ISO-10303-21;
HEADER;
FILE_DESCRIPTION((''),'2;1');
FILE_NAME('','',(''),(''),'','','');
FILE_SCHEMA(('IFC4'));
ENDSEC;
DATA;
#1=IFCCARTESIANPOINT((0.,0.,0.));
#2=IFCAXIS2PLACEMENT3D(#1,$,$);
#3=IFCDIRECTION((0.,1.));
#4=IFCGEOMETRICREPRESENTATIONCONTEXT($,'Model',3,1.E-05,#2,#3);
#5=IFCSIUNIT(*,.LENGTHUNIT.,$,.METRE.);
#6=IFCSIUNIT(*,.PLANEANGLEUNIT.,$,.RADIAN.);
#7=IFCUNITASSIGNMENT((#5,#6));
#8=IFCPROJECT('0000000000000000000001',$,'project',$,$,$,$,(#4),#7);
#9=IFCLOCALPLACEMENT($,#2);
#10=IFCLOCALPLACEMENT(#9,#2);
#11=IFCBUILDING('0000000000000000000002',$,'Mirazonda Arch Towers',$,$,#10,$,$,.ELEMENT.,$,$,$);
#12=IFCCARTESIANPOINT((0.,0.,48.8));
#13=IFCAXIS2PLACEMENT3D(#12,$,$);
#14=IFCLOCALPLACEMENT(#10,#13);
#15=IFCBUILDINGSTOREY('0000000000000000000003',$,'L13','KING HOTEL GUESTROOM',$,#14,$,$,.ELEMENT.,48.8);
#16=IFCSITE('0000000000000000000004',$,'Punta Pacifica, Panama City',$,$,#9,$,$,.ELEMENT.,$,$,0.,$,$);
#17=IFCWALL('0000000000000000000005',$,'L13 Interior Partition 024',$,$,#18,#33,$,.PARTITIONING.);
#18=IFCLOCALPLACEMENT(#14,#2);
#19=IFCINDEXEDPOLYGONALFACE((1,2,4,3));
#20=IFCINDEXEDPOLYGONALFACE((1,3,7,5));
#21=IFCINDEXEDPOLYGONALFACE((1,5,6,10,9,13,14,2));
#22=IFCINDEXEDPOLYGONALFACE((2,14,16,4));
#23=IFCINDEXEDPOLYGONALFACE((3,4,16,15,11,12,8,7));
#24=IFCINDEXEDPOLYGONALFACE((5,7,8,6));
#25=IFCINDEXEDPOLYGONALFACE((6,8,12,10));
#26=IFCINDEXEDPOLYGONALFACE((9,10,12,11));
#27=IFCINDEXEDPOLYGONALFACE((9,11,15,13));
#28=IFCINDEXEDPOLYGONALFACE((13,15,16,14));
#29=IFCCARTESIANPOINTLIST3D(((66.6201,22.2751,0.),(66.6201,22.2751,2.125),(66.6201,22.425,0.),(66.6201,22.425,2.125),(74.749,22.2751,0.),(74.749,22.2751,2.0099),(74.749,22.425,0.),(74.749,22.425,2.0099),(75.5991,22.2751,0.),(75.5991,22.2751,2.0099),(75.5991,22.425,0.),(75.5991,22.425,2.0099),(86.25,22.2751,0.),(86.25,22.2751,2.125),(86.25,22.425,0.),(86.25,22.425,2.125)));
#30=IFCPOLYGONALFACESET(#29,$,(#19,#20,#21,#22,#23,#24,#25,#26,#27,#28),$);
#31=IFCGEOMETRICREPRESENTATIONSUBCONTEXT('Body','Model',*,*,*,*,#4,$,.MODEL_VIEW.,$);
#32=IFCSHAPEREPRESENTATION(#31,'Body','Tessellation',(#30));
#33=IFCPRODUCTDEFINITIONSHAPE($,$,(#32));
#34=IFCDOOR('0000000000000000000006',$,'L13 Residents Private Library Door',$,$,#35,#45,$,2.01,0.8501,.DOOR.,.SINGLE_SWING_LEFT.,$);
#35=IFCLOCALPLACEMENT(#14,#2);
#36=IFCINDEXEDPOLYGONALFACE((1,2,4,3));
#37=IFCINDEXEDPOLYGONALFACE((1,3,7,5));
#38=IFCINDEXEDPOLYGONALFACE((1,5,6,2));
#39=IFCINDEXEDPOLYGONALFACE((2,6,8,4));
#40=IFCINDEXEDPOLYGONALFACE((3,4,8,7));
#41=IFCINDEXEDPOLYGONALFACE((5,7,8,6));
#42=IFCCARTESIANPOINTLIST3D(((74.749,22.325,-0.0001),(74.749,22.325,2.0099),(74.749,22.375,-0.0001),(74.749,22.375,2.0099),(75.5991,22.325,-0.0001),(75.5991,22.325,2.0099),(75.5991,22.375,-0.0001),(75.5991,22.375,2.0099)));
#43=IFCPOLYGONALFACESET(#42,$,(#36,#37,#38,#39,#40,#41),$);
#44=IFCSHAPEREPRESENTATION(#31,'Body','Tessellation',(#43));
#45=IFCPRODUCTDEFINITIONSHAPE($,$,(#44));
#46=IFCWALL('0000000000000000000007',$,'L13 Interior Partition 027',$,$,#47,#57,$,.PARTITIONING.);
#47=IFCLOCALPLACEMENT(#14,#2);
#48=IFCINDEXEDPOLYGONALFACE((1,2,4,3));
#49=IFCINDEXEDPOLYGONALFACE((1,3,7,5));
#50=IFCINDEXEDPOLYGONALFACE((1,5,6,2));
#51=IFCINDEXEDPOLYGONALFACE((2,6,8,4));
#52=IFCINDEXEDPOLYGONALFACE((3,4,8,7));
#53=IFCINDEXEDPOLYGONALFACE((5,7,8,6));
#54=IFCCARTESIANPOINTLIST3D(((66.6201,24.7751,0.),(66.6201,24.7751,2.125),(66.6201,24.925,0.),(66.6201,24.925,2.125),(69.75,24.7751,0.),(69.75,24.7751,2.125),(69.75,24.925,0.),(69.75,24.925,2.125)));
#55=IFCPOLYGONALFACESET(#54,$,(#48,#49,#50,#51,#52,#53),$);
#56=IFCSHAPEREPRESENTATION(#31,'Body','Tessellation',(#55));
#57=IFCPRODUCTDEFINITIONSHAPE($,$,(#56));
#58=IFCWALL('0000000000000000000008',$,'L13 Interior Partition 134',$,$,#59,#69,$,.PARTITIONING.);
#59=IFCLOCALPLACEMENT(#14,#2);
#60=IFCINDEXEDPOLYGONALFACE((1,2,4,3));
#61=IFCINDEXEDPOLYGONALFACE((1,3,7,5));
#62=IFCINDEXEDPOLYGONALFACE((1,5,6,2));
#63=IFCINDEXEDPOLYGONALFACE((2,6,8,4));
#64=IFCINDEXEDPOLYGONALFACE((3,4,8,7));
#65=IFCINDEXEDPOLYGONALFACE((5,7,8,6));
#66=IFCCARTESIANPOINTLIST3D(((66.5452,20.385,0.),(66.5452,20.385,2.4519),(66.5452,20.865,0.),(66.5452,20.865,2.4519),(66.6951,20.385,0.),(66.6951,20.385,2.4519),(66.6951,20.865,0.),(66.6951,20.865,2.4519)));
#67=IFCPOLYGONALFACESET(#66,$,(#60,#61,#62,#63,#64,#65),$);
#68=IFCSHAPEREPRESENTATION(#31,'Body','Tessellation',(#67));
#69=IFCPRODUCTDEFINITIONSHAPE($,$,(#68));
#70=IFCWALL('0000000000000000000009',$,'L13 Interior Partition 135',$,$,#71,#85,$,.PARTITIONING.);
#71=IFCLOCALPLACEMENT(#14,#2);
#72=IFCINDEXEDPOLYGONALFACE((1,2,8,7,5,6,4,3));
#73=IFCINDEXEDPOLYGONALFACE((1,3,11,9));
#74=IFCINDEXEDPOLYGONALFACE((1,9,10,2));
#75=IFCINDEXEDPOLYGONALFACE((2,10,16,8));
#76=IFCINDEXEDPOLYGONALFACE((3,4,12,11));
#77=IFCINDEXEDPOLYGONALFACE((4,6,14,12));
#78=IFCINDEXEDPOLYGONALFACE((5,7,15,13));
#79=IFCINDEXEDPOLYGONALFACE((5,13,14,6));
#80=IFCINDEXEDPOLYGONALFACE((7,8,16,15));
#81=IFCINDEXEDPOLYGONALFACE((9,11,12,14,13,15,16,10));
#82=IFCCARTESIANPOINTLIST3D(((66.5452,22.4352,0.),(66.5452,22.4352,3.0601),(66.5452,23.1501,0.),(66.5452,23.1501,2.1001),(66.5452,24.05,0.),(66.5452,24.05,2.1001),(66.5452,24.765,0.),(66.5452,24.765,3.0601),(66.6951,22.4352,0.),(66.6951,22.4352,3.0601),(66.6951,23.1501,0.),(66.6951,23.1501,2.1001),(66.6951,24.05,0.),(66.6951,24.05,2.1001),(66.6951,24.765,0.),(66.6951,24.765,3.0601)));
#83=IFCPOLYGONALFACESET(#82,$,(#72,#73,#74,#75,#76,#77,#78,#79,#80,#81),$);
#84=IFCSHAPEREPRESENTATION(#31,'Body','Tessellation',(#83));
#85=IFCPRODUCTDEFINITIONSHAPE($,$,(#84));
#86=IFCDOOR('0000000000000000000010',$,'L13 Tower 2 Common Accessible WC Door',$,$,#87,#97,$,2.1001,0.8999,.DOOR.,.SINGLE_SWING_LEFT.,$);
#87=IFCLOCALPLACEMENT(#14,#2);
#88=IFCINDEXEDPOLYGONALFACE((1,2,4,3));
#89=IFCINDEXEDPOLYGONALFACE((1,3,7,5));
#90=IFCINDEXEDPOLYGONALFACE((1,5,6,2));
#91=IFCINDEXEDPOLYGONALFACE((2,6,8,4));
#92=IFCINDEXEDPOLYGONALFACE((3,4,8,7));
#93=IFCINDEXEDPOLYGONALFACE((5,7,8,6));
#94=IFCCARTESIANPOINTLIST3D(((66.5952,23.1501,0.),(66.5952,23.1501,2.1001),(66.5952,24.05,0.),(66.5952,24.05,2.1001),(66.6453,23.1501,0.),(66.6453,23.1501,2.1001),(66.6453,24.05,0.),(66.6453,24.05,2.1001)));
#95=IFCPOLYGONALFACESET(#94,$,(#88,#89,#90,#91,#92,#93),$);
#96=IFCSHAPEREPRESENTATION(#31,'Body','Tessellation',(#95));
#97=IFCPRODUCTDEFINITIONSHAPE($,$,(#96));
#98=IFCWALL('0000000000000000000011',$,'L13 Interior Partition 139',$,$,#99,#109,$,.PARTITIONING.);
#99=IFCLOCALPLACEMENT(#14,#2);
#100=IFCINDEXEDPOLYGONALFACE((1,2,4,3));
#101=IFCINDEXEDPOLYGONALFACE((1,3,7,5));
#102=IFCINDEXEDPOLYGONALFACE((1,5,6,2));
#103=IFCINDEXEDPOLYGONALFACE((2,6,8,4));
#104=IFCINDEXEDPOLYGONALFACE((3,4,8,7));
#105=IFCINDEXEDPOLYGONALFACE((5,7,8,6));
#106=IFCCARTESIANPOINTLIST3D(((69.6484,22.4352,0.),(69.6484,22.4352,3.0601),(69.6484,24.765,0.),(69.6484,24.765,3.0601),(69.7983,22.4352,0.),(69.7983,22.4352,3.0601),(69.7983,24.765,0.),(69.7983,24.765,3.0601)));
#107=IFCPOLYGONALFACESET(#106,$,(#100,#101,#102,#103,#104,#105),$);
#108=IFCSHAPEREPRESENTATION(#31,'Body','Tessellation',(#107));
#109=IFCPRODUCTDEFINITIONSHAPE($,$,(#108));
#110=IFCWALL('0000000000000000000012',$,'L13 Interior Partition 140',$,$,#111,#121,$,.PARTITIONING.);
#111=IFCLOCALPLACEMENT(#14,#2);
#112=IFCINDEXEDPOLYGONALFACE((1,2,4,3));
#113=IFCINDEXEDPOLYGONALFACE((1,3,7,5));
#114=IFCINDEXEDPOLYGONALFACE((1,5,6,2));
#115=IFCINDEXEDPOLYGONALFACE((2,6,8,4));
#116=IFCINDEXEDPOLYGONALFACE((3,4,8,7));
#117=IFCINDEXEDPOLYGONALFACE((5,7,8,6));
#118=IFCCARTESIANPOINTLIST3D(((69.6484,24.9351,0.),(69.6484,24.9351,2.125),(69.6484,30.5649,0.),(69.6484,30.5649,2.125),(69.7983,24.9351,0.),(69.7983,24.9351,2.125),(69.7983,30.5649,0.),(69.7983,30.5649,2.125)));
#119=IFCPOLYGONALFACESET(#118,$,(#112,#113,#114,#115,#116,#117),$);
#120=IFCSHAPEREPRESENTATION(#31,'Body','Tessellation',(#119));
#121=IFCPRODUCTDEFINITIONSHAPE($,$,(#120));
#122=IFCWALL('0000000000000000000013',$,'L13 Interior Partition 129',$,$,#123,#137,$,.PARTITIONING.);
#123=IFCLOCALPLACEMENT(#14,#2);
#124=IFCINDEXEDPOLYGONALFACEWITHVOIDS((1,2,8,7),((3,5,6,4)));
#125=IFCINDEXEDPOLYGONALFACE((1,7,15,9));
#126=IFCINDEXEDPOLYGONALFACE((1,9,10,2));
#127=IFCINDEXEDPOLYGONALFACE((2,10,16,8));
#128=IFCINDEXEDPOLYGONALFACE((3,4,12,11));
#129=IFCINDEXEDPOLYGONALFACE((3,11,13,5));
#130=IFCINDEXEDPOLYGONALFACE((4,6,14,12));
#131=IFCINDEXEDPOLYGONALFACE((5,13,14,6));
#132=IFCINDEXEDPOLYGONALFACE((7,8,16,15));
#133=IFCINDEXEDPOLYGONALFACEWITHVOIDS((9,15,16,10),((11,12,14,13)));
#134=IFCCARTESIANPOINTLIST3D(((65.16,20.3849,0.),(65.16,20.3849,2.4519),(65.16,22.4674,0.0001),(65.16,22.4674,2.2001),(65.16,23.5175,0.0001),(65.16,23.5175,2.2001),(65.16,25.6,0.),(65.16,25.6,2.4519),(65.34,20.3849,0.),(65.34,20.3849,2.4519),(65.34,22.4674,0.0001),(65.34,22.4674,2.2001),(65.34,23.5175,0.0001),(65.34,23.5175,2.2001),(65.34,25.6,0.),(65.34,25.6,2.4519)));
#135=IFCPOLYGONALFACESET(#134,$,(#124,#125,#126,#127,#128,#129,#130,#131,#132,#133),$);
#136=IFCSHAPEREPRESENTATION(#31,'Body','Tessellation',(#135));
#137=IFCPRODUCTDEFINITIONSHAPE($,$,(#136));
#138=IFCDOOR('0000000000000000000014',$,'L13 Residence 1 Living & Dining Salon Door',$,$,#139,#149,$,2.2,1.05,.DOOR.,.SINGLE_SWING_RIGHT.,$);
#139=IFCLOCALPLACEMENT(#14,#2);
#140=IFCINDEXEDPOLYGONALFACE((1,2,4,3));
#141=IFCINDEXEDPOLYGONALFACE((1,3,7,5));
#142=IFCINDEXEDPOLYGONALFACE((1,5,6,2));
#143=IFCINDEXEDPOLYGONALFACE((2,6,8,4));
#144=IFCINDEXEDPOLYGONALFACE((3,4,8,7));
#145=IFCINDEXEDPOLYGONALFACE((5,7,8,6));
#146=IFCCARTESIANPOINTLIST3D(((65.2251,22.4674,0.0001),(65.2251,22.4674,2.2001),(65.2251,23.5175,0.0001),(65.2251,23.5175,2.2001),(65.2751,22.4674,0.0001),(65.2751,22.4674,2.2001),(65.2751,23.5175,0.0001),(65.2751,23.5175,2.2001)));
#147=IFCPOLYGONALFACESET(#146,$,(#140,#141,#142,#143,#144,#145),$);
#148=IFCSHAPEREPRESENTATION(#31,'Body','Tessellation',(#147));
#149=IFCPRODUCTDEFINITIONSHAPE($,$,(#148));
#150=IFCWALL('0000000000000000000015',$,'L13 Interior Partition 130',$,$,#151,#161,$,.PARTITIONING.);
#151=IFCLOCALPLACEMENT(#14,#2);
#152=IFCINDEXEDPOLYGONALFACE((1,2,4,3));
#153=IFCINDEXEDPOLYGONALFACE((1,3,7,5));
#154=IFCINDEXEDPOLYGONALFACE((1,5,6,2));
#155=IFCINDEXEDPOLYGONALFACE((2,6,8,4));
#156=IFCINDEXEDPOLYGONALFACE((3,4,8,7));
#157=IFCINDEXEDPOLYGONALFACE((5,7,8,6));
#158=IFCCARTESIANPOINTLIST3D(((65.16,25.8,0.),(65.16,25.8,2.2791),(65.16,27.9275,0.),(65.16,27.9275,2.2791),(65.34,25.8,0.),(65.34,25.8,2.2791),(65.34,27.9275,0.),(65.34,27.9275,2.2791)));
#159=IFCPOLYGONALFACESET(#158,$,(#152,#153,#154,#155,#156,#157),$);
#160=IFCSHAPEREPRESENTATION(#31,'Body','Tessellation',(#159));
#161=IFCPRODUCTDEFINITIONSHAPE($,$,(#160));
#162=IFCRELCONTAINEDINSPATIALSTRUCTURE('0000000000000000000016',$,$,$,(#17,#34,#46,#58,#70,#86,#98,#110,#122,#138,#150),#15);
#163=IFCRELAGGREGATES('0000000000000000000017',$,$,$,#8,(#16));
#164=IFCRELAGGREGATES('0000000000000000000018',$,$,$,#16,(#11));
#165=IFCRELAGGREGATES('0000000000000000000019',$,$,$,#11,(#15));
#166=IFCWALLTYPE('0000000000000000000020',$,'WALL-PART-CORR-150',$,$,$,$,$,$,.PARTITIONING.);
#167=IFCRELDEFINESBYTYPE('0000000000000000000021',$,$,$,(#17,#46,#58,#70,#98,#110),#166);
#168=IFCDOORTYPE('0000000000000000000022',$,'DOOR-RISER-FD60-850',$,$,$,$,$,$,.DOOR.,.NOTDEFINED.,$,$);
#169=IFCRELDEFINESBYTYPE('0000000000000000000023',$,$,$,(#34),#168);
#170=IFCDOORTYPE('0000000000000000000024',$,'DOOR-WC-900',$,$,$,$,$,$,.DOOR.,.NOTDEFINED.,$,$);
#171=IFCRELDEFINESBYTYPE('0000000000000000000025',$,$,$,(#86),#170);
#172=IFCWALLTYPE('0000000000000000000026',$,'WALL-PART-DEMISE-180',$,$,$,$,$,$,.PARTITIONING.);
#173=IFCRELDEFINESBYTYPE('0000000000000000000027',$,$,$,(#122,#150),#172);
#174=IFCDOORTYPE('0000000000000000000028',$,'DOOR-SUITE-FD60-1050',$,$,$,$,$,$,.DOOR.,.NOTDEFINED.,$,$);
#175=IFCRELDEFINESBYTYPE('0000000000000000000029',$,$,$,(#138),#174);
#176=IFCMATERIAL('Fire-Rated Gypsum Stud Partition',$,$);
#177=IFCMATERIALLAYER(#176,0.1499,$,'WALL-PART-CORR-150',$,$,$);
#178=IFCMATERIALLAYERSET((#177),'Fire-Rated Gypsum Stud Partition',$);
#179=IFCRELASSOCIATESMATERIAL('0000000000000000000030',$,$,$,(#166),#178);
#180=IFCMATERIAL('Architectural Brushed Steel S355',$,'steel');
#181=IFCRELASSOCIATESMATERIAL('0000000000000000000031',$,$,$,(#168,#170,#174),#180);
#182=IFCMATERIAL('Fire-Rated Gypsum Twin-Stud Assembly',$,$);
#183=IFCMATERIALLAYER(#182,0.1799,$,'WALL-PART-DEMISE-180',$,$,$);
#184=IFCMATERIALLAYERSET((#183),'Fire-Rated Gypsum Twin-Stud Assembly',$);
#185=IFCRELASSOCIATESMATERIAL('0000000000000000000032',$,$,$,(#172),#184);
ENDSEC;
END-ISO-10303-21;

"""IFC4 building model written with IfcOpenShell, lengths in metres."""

from ifc_helpers import new_model, si_unit, direction, frame, frame_2d, origin, place, context, subcontext, project, spatial, rectangle, extrude, material, layer, layer_set, type_object, element, fill, save


model = new_model("IFC4")

# Units and contexts
model_context = context("Model", 3, precision=1e-05, world=origin(), true_north=direction((0.0, 1.0)))
body_context = subcontext(model_context, "Body", "Model", "MODEL_VIEW")
ifc_project = project(units=[si_unit("LENGTHUNIT", "METRE"), si_unit("PLANEANGLEUNIT", "RADIAN")], contexts=[model_context])

# Site, building, storey
site_placement = place(None, origin())
site = spatial("IfcSite", under=ifc_project, at=site_placement, Name="Punta Pacifica, Panama City", CompositionType="ELEMENT", RefElevation=0.0)
building_placement = place(site_placement, origin())
building = spatial("IfcBuilding", under=site, at=building_placement, Name="Mirazonda Arch Towers", CompositionType="ELEMENT")
storey_placement = place(building_placement, frame((0.0, 0.0, 48.8)))
storey = spatial("IfcBuildingStorey", under=building, at=storey_placement, Name="L13", Description="KING HOTEL GUESTROOM", CompositionType="ELEMENT", Elevation=48.8)

# Shared definitions
ifc_material_1 = material(Name="Architectural Brushed Steel S355", Category="steel")

# Shared definitions
ifc_material_2 = material(Name="Fire-Rated Gypsum Stud Partition")
ifc_layer_1 = layer(ifc_material_2, 0.1499, Name="WALL-PART-CORR-150")
ifc_layer_set_1 = layer_set([ifc_layer_1], Name="Fire-Rated Gypsum Stud Partition")
wall_type_1 = type_object("IfcWallType", Name="WALL-PART-CORR-150", PredefinedType="PARTITIONING", material=ifc_layer_set_1)

# Wall, opening, door
wall_1_placement = place(storey_placement, frame((66.6201, 22.3501, 0.0), z_axis=(0.0, 0.0, 1.0), x_axis=(1.0, 0.0, 0.0)))
wall_1 = element("IfcWall", 1, at=wall_1_placement, inside=storey, type_object=wall_type_1, Name="L13 Interior Partition 024", PredefinedType="PARTITIONING", context=body_context, shape_type="SweptSolid", body=[
    extrude(rectangle(XDim=19.6299, YDim=0.1499, at=frame_2d((9.8149, 0.0))), origin(), (0.0, 0.0, 1.0), 2.125),
])
opening_1_placement = place(wall_1_placement, frame((8.1289, 0.0, 0.0)))
opening_1 = element("IfcOpeningElement", 2, at=opening_1_placement, cuts=wall_1, PredefinedType="OPENING", context=body_context, shape_type="SweptSolid", body=[
    extrude(rectangle(XDim=0.8501, YDim=2.01, at=frame_2d((0.425, 1.0049))), frame((0.0, 0.085, 0.0), z_axis=(0.0, -1.0, 0.0), x_axis=(1.0, 0.0, 0.0)), (0.0, 0.0, 1.0), 0.1699),
])
door_type_1 = type_object("IfcDoorType", Name="DOOR-RISER-FD60-850", OperationType="NOTDEFINED", PredefinedType="DOOR", material=ifc_material_1)
door_1_placement = place(opening_1_placement, origin())
door_1 = element("IfcDoor", 3, at=door_1_placement, inside=storey, type_object=door_type_1, Name="L13 Residents Private Library Door", OperationType="SINGLE_SWING_LEFT", OverallHeight=2.01, OverallWidth=0.8501, PredefinedType="DOOR", context=body_context, shape_type="SweptSolid", body=[
    extrude(rectangle(XDim=0.8501, YDim=2.01, at=frame_2d((0.425, 1.0049))), frame((0.0, 0.0249, 0.0), z_axis=(0.0, -1.0, 0.0), x_axis=(1.0, 0.0, 0.0)), (0.0, 0.0, 1.0), 0.05),
])
fill(opening_1, door_1)

# Walls
wall_2_placement = place(storey_placement, frame((66.6201, 24.8501, 0.0), z_axis=(0.0, 0.0, 1.0), x_axis=(1.0, 0.0, 0.0)))
element("IfcWall", 4, at=wall_2_placement, inside=storey, type_object=wall_type_1, Name="L13 Interior Partition 027", PredefinedType="PARTITIONING", context=body_context, shape_type="SweptSolid", body=[
    extrude(rectangle(XDim=3.1299, YDim=0.1499, at=frame_2d((1.5649, 0.0))), origin(), (0.0, 0.0, 1.0), 2.125),
])
wall_3_placement = place(storey_placement, frame((66.6201, 20.385, 0.0), z_axis=(0.0, 0.0, 1.0), x_axis=(0.0, 1.0, 0.0)))
element("IfcWall", 5, at=wall_3_placement, inside=storey, type_object=wall_type_1, Name="L13 Interior Partition 134", PredefinedType="PARTITIONING", context=body_context, shape_type="SweptSolid", body=[
    extrude(rectangle(XDim=0.48, YDim=0.1499, at=frame_2d((0.24, 0.0))), origin(), (0.0, 0.0, 1.0), 2.4519),
])

# Wall, opening, door
wall_4_placement = place(storey_placement, frame((66.6201, 22.4351, 0.0), z_axis=(0.0, 0.0, 1.0), x_axis=(0.0, 1.0, 0.0)))
wall_4 = element("IfcWall", 6, at=wall_4_placement, inside=storey, type_object=wall_type_1, Name="L13 Interior Partition 135", PredefinedType="PARTITIONING", context=body_context, shape_type="SweptSolid", body=[
    extrude(rectangle(XDim=2.3298, YDim=0.1499, at=frame_2d((1.165, 0.0))), origin(), (0.0, 0.0, 1.0), 3.0601),
])
opening_2_placement = place(wall_4_placement, frame((0.7151, 0.0, 0.0)))
opening_2 = element("IfcOpeningElement", 7, at=opening_2_placement, cuts=wall_4, PredefinedType="OPENING", context=body_context, shape_type="SweptSolid", body=[
    extrude(rectangle(XDim=0.8999, YDim=2.1001, at=frame_2d((0.45, 1.05))), frame((0.0, 0.085, 0.0), z_axis=(0.0, -1.0, 0.0), x_axis=(1.0, 0.0, 0.0)), (0.0, 0.0, 1.0), 0.1699),
])
door_type_2 = type_object("IfcDoorType", Name="DOOR-WC-900", OperationType="NOTDEFINED", PredefinedType="DOOR", material=ifc_material_1)
door_2_placement = place(opening_2_placement, origin())
door_2 = element("IfcDoor", 8, at=door_2_placement, inside=storey, type_object=door_type_2, Name="L13 Tower 2 Common Accessible WC Door", OperationType="SINGLE_SWING_LEFT", OverallHeight=2.1001, OverallWidth=0.8999, PredefinedType="DOOR", context=body_context, shape_type="SweptSolid", body=[
    extrude(rectangle(XDim=0.8999, YDim=2.1001, at=frame_2d((0.45, 1.05))), frame((0.0, 0.0249, 0.0), z_axis=(0.0, -1.0, 0.0), x_axis=(1.0, 0.0, 0.0)), (0.0, 0.0, 1.0), 0.05),
])
fill(opening_2, door_2)

# Walls
wall_5_placement = place(storey_placement, frame((69.7234, 22.4351, 0.0), z_axis=(0.0, 0.0, 1.0), x_axis=(0.0, 1.0, 0.0)))
element("IfcWall", 9, at=wall_5_placement, inside=storey, type_object=wall_type_1, Name="L13 Interior Partition 139", PredefinedType="PARTITIONING", context=body_context, shape_type="SweptSolid", body=[
    extrude(rectangle(XDim=2.3298, YDim=0.1499, at=frame_2d((1.165, 0.0))), origin(), (0.0, 0.0, 1.0), 3.0601),
])
wall_6_placement = place(storey_placement, frame((69.7234, 24.9351, 0.0), z_axis=(0.0, 0.0, 1.0), x_axis=(0.0, 1.0, 0.0)))
element("IfcWall", 10, at=wall_6_placement, inside=storey, type_object=wall_type_1, Name="L13 Interior Partition 140", PredefinedType="PARTITIONING", context=body_context, shape_type="SweptSolid", body=[
    extrude(rectangle(XDim=5.6299, YDim=0.1499, at=frame_2d((2.8149, 0.0))), origin(), (0.0, 0.0, 1.0), 2.125),
])

# Wall, opening, door
ifc_material_3 = material(Name="Fire-Rated Gypsum Twin-Stud Assembly")
ifc_layer_2 = layer(ifc_material_3, 0.1799, Name="WALL-PART-DEMISE-180")
ifc_layer_set_2 = layer_set([ifc_layer_2], Name="Fire-Rated Gypsum Twin-Stud Assembly")
wall_type_2 = type_object("IfcWallType", Name="WALL-PART-DEMISE-180", PredefinedType="PARTITIONING", material=ifc_layer_set_2)
wall_7_placement = place(storey_placement, frame((65.25, 20.385, 0.0), z_axis=(0.0, 0.0, 1.0), x_axis=(0.0, 1.0, 0.0)))
wall_7 = element("IfcWall", 11, at=wall_7_placement, inside=storey, type_object=wall_type_2, Name="L13 Interior Partition 129", PredefinedType="PARTITIONING", context=body_context, shape_type="SweptSolid", body=[
    extrude(rectangle(XDim=5.2151, YDim=0.1799, at=frame_2d((2.6074, 0.0))), origin(), (0.0, 0.0, 1.0), 2.4519),
])
opening_3_placement = place(wall_7_placement, frame((2.0825, 0.0, 0.0)))
opening_3 = element("IfcOpeningElement", 12, at=opening_3_placement, cuts=wall_7, PredefinedType="OPENING", context=body_context, shape_type="SweptSolid", body=[
    extrude(rectangle(XDim=1.05, YDim=2.2, at=frame_2d((0.5249, 1.1001))), frame((0.0, 0.0999, 0.0), z_axis=(0.0, -1.0, 0.0), x_axis=(1.0, 0.0, 0.0)), (0.0, 0.0, 1.0), 0.2),
])
door_type_3 = type_object("IfcDoorType", Name="DOOR-SUITE-FD60-1050", OperationType="NOTDEFINED", PredefinedType="DOOR", material=ifc_material_1)
door_3_placement = place(opening_3_placement, origin())
door_3 = element("IfcDoor", 13, at=door_3_placement, inside=storey, type_object=door_type_3, Name="L13 Residence 1 Living & Dining Salon Door", OperationType="SINGLE_SWING_RIGHT", OverallHeight=2.2, OverallWidth=1.05, PredefinedType="DOOR", context=body_context, shape_type="SweptSolid", body=[
    extrude(rectangle(XDim=1.05, YDim=2.2, at=frame_2d((0.5249, 1.1001))), frame((0.0, 0.0249, 0.0), z_axis=(0.0, -1.0, 0.0), x_axis=(1.0, 0.0, 0.0)), (0.0, 0.0, 1.0), 0.05),
])
fill(opening_3, door_3)

# Wall
wall_8_placement = place(storey_placement, frame((65.25, 25.8, 0.0), z_axis=(0.0, 0.0, 1.0), x_axis=(0.0, 1.0, 0.0)))
element("IfcWall", 14, at=wall_8_placement, inside=storey, type_object=wall_type_2, Name="L13 Interior Partition 130", PredefinedType="PARTITIONING", context=body_context, shape_type="SweptSolid", body=[
    extrude(rectangle(XDim=2.1274, YDim=0.1799, at=frame_2d((1.0637, 0.0))), origin(), (0.0, 0.0, 1.0), 2.2791),
])

save(model, "model.ifc")
